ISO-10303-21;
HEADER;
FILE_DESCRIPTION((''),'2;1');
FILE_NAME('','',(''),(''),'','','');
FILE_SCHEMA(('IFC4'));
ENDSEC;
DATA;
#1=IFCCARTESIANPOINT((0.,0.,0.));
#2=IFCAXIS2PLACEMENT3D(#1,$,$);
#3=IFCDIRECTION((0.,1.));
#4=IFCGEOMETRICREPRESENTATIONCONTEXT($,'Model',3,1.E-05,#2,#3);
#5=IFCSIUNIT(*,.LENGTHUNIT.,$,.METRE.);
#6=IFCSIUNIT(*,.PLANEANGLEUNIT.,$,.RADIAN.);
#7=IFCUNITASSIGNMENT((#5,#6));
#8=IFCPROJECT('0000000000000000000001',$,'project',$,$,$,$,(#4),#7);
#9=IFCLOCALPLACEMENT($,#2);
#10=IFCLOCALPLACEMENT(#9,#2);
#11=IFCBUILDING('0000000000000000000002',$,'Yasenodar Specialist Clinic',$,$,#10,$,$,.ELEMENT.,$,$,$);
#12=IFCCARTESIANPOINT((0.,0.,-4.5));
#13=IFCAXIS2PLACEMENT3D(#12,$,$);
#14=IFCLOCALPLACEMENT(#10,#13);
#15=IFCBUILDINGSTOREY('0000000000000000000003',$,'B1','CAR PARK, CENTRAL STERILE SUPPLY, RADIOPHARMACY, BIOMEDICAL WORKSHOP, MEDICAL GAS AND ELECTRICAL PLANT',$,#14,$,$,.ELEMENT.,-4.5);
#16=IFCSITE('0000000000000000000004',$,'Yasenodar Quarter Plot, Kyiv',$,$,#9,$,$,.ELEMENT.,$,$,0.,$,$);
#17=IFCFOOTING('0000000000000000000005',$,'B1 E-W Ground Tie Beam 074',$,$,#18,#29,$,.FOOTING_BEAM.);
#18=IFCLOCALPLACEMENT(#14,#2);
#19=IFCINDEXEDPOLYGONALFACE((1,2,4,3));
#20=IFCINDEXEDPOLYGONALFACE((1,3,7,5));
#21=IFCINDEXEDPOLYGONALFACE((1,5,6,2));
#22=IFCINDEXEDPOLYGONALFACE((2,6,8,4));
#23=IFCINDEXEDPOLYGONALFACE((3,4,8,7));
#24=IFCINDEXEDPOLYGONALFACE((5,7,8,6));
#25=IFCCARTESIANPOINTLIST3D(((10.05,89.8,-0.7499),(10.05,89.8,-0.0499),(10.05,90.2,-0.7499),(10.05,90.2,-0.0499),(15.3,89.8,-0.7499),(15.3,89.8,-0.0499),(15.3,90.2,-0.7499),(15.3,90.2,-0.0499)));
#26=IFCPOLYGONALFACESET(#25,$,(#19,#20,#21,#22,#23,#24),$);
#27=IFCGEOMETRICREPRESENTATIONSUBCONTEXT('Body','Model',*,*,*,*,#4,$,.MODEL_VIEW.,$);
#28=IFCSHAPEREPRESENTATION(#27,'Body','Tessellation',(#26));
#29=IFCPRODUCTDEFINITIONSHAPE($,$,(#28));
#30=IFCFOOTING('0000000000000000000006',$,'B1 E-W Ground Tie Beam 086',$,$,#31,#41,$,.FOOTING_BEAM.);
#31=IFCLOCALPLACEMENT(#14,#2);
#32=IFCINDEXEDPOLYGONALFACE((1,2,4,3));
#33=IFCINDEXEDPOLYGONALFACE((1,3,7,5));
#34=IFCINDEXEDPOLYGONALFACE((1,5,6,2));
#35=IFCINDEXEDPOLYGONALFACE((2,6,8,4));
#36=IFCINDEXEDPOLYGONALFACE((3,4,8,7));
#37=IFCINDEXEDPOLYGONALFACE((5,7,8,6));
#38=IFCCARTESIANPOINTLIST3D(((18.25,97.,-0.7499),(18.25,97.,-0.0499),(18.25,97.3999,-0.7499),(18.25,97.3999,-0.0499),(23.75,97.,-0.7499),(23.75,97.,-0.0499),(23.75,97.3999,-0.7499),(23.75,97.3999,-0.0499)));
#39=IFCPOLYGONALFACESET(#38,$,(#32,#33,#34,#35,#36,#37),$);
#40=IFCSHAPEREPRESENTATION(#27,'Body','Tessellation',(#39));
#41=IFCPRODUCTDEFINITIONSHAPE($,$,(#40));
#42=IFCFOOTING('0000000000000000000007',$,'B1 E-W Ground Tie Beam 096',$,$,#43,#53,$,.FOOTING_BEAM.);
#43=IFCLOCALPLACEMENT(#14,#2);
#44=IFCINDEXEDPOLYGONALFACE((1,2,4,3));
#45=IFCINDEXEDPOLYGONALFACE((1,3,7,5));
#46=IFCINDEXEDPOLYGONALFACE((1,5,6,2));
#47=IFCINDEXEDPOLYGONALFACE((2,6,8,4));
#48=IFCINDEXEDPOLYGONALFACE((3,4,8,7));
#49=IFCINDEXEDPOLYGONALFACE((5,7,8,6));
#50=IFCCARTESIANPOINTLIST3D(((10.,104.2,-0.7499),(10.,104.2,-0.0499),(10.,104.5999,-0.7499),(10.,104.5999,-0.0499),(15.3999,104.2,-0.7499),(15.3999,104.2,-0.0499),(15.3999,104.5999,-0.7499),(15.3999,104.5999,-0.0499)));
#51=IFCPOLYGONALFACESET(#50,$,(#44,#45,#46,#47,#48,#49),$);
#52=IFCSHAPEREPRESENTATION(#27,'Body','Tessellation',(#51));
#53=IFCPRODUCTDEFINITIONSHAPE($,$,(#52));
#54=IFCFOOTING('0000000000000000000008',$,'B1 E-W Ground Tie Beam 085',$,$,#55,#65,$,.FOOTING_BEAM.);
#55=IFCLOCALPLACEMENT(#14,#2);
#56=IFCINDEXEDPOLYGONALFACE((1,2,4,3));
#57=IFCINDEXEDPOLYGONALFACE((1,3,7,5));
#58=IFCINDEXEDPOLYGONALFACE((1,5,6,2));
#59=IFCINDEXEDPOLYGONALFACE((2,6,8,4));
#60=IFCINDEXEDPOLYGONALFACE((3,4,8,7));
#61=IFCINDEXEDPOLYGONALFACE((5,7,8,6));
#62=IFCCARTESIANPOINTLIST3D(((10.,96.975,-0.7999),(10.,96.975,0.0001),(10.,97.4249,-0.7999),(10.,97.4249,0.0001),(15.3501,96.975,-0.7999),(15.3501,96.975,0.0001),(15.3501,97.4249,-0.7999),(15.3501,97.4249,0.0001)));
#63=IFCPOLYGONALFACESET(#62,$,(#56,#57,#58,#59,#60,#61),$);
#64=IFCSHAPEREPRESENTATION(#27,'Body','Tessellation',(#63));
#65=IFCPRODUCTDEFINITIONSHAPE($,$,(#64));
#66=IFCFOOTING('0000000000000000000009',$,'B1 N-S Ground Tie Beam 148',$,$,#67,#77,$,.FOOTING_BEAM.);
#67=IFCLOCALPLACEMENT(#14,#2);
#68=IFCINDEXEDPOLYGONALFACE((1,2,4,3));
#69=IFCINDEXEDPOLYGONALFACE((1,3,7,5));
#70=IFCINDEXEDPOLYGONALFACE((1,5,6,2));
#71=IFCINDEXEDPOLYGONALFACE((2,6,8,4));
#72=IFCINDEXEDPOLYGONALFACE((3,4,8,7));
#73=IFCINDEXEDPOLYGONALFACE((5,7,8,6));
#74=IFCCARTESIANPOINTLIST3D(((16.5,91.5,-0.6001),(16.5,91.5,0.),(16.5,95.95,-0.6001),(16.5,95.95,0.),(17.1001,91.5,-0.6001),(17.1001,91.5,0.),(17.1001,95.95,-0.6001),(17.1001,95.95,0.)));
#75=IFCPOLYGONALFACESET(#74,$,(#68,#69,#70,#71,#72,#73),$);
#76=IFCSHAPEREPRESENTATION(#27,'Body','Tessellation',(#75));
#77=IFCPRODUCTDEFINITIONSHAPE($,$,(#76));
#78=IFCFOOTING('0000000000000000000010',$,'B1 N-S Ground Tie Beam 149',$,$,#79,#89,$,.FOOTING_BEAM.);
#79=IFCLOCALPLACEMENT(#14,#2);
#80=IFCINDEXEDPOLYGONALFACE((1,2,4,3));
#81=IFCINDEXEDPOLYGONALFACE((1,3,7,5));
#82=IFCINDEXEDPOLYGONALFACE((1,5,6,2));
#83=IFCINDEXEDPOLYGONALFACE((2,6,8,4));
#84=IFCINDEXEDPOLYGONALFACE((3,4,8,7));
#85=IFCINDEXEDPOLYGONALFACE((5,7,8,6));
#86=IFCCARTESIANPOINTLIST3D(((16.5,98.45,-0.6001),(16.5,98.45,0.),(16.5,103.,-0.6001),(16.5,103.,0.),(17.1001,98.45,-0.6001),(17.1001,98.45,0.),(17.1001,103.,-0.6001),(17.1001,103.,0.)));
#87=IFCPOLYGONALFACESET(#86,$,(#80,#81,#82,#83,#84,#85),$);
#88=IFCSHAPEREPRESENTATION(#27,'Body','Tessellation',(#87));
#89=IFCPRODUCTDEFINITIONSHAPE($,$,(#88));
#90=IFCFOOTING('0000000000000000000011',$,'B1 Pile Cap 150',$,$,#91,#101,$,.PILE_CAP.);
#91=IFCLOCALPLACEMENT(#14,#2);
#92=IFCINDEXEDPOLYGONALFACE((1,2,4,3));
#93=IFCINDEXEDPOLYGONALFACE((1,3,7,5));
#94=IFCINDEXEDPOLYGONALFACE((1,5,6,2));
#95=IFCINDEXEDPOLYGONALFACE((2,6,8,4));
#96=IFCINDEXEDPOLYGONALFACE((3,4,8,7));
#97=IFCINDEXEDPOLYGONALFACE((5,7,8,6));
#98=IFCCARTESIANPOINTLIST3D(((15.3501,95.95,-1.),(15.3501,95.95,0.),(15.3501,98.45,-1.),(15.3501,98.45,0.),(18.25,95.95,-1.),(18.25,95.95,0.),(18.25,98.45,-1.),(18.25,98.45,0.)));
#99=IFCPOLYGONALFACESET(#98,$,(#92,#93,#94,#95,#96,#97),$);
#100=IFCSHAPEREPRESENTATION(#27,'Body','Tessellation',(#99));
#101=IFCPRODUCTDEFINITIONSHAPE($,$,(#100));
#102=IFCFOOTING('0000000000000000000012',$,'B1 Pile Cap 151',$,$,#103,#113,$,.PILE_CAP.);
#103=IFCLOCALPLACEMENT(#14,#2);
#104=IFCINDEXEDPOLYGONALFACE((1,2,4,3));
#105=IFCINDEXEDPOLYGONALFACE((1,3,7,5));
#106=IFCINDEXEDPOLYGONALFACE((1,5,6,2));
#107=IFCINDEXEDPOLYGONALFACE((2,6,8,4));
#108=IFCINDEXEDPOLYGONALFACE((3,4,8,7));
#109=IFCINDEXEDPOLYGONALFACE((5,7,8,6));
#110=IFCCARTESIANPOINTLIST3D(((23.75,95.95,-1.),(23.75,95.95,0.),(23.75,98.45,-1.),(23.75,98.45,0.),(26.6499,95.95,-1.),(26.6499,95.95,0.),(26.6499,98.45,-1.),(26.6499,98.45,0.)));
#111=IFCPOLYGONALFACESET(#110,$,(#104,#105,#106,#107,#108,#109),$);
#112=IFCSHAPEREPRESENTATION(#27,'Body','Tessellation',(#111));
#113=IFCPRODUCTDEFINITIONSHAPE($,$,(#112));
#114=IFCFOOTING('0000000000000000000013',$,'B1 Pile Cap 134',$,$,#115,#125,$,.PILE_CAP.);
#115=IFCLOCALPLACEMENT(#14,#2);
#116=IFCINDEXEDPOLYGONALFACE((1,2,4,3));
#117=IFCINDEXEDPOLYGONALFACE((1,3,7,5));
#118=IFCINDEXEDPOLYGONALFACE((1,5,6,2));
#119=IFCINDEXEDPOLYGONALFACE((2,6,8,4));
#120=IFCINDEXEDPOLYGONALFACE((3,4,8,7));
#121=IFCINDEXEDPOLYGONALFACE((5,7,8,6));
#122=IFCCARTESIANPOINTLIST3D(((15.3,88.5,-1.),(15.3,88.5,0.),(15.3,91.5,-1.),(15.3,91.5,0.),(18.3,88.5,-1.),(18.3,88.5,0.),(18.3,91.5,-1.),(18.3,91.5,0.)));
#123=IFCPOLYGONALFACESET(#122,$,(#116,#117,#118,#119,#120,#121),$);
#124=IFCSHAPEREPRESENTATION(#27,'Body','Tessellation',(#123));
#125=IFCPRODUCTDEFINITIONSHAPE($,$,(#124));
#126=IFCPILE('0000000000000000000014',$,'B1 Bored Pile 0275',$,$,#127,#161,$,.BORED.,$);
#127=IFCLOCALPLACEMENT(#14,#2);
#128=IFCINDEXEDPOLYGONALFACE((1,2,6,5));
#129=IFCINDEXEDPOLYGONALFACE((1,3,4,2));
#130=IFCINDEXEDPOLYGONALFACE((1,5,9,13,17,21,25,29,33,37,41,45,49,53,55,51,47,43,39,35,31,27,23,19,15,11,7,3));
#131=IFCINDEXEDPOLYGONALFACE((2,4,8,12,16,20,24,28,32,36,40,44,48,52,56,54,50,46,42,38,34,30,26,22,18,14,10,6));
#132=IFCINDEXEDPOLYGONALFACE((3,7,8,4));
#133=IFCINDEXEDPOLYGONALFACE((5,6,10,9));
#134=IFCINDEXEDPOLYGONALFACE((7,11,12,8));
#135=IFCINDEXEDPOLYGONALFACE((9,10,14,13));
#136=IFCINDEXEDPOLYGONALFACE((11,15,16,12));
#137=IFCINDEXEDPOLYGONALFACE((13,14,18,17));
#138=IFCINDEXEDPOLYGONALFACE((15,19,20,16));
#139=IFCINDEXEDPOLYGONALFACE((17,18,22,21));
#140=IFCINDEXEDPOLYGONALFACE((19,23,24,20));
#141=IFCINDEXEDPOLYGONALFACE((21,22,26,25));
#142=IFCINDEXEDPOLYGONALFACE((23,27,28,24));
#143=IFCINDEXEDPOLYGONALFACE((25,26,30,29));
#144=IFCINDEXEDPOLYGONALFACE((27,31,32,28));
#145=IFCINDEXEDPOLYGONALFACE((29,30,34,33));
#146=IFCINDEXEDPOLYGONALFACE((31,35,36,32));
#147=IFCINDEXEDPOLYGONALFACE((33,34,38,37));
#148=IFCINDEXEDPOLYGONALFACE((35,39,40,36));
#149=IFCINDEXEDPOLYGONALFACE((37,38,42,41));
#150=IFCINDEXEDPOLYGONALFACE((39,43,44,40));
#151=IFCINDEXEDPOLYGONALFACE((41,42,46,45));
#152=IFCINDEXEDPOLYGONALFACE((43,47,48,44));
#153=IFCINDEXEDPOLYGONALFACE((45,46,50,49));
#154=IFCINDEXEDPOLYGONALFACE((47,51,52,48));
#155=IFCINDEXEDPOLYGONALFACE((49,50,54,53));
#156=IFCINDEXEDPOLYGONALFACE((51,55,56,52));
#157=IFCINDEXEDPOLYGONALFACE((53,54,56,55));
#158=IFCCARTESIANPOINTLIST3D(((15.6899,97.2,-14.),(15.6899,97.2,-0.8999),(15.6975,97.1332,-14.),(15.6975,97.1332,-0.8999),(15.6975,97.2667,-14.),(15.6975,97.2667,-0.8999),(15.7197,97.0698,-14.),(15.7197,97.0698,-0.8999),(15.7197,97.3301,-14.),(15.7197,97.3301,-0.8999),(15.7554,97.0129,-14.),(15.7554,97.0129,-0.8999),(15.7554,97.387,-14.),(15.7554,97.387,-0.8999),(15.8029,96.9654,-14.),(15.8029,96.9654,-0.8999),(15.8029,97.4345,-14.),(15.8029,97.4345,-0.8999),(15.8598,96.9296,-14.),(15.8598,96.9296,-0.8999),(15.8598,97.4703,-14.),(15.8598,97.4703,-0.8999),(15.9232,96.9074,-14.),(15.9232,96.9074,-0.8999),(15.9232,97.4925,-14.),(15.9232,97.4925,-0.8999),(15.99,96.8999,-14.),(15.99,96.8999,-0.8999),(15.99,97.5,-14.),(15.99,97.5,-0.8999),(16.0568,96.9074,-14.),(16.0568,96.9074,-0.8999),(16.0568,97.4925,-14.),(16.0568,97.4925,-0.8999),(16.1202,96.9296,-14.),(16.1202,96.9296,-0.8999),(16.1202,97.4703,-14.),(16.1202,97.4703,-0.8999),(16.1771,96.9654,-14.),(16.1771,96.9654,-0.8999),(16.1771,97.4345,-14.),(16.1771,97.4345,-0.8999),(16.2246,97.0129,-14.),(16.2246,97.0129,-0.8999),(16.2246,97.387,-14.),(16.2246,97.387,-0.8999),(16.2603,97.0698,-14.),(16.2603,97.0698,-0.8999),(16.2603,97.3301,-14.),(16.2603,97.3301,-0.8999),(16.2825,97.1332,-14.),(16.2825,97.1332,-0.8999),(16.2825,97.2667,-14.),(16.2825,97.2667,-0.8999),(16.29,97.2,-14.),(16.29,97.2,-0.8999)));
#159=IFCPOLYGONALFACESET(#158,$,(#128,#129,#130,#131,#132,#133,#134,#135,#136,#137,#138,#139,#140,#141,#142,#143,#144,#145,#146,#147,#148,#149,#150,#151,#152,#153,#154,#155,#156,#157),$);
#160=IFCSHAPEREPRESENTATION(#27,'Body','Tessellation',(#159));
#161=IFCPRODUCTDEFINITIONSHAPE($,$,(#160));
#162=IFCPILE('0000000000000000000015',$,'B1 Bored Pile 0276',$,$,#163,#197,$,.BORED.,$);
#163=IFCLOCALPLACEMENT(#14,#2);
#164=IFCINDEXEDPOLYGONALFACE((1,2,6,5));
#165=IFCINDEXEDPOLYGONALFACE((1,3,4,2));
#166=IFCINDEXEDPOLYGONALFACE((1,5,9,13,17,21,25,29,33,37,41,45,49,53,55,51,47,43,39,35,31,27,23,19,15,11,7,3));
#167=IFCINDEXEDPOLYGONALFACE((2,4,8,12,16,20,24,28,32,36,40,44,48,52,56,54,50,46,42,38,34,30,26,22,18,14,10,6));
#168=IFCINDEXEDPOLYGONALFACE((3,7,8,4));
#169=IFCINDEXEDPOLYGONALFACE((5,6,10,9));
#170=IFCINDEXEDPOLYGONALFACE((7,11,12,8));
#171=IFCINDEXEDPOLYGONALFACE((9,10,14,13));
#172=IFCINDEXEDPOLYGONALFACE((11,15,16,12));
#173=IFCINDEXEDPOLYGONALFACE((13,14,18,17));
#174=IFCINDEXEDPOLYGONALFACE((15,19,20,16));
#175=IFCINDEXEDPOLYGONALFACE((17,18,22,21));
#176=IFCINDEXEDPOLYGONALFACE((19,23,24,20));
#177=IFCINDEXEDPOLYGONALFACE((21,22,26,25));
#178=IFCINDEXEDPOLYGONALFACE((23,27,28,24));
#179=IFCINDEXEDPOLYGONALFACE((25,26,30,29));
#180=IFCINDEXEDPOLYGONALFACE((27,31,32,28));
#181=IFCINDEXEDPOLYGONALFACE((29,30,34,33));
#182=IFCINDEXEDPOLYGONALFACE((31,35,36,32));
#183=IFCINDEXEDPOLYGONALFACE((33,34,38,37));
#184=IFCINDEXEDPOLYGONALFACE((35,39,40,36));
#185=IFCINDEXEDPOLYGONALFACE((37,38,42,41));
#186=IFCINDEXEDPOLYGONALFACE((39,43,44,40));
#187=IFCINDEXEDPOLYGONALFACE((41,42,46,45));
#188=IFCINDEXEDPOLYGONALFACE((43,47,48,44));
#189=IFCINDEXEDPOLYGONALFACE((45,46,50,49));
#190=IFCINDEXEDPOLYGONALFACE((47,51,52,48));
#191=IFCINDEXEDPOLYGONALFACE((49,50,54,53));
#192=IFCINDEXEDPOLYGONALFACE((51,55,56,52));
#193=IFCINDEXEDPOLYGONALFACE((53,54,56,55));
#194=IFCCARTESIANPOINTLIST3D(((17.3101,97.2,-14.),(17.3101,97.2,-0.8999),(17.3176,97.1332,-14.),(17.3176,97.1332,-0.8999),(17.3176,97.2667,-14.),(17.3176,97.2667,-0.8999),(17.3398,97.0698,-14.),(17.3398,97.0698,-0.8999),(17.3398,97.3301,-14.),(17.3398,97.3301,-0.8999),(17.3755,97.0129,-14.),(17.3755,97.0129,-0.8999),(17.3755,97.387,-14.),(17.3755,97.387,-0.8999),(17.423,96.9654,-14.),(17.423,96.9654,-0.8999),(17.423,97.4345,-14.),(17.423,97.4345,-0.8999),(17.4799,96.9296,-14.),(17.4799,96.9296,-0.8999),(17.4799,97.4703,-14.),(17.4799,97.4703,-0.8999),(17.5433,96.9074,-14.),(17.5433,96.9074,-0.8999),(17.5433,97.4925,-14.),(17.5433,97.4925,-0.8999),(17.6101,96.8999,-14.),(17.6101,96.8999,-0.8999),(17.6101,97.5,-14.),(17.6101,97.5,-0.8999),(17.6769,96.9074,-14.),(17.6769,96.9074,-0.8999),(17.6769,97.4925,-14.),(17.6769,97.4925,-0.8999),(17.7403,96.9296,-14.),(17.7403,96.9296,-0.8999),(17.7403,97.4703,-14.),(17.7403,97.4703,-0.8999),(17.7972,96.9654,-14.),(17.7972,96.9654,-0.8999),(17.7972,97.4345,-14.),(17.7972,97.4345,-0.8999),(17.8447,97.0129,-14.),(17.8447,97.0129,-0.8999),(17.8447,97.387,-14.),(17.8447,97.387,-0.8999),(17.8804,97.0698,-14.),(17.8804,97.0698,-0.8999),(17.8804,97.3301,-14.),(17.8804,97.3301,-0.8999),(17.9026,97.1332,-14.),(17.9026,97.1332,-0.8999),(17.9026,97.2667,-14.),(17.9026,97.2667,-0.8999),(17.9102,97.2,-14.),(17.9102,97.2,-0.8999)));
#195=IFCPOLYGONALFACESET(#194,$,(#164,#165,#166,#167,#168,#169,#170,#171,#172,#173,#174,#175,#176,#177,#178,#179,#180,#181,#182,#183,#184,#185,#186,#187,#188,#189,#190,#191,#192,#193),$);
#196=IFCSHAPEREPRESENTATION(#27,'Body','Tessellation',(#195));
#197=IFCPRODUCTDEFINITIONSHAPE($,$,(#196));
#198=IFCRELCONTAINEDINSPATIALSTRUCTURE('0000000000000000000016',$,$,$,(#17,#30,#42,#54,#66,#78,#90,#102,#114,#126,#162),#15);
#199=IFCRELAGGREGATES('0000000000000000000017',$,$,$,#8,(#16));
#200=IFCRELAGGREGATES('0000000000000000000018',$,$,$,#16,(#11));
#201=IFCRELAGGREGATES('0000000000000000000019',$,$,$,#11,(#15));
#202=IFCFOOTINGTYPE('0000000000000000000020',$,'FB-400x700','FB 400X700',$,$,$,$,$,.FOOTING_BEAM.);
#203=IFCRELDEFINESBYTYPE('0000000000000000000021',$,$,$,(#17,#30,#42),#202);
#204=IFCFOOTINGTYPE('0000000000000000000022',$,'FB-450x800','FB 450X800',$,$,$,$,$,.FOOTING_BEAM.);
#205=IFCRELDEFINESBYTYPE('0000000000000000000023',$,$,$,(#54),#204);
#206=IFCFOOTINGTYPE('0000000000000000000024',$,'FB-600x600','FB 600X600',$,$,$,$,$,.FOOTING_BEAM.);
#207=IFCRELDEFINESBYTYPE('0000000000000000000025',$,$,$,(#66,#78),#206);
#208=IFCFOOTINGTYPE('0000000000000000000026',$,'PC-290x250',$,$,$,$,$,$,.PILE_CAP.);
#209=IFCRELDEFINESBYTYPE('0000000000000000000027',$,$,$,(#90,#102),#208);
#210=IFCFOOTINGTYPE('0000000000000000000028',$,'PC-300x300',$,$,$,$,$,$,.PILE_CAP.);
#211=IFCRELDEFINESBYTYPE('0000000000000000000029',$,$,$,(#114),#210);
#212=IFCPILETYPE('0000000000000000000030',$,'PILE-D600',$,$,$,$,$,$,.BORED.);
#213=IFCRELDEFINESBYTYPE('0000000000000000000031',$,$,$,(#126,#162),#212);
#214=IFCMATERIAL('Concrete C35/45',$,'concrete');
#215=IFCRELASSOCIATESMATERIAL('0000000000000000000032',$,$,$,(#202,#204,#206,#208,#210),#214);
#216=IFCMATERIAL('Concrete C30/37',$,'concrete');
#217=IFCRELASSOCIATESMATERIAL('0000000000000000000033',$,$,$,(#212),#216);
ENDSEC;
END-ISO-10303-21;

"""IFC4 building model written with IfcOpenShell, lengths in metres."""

from ifc_helpers import new_model, si_unit, direction, frame, origin, origin_2d, place, context, subcontext, project, spatial, rectangle, circle, extrude, material, material_profile, profile_set, type_object, element, save


model = new_model("IFC4")

# Units and contexts
model_context = context("Model", 3, precision=1e-05, world=origin(), true_north=direction((0.0, 1.0)))
body_context = subcontext(model_context, "Body", "Model", "MODEL_VIEW")
ifc_project = project(units=[si_unit("LENGTHUNIT", "METRE"), si_unit("PLANEANGLEUNIT", "RADIAN")], contexts=[model_context])

# Site, building, storey
site_placement = place(None, origin())
site = spatial("IfcSite", under=ifc_project, at=site_placement, Name="Yasenodar Quarter Plot, Kyiv", CompositionType="ELEMENT", RefElevation=0.0)
building_placement = place(site_placement, origin())
building = spatial("IfcBuilding", under=site, at=building_placement, Name="Yasenodar Specialist Clinic", CompositionType="ELEMENT")
storey_placement = place(building_placement, frame((0.0, 0.0, -4.5)))
storey = spatial("IfcBuildingStorey", under=building, at=storey_placement, Name="B1", Description="CAR PARK, CENTRAL STERILE SUPPLY, RADIOPHARMACY, BIOMEDICAL WORKSHOP, MEDICAL GAS AND ELECTRICAL PLANT", CompositionType="ELEMENT", Elevation=-4.5)

# Footings
ifc_material_1 = material(Name="Concrete C35/45", Category="concrete")
ifc_material_profile_1 = material_profile(ifc_material_1, rectangle(XDim=0.3999, YDim=0.7, at=origin_2d()), Name="RC 400x700")
ifc_profile_set_1 = profile_set([ifc_material_profile_1], Name="Concrete C35/45")
footing_type_1 = type_object("IfcFootingType", Name="FB-400x700", Description="FB 400X700", PredefinedType="FOOTING_BEAM", material=ifc_profile_set_1)
footing_1_placement = place(storey_placement, frame((10.05, 90.0, -0.3999), z_axis=(1.0, 0.0, 0.0), x_axis=(0.0, 1.0, 0.0)))
element("IfcFooting", 1, at=footing_1_placement, inside=storey, type_object=footing_type_1, Name="B1 E-W Ground Tie Beam 074", PredefinedType="FOOTING_BEAM", context=body_context, shape_type="SweptSolid", body=[
    extrude(rectangle(XDim=0.3999, YDim=0.7, at=origin_2d()), origin(), (0.0, 0.0, 1.0), 5.25),
])
footing_2_placement = place(storey_placement, frame((18.25, 97.2, -0.3999), z_axis=(1.0, 0.0, 0.0), x_axis=(0.0, 1.0, 0.0)))
element("IfcFooting", 2, at=footing_2_placement, inside=storey, type_object=footing_type_1, Name="B1 E-W Ground Tie Beam 086", PredefinedType="FOOTING_BEAM", context=body_context, shape_type="SweptSolid", body=[
    extrude(rectangle(XDim=0.3999, YDim=0.7, at=origin_2d()), origin(), (0.0, 0.0, 1.0), 5.5),
])
footing_3_placement = place(storey_placement, frame((10.0, 104.3999, -0.3999), z_axis=(1.0, 0.0, 0.0), x_axis=(0.0, 1.0, 0.0)))
element("IfcFooting", 3, at=footing_3_placement, inside=storey, type_object=footing_type_1, Name="B1 E-W Ground Tie Beam 096", PredefinedType="FOOTING_BEAM", context=body_context, shape_type="SweptSolid", body=[
    extrude(rectangle(XDim=0.3999, YDim=0.7, at=origin_2d()), origin(), (0.0, 0.0, 1.0), 5.3999),
])
ifc_material_profile_2 = material_profile(ifc_material_1, rectangle(XDim=0.45, YDim=0.8, at=origin_2d()), Name="RC 450x800")
ifc_profile_set_2 = profile_set([ifc_material_profile_2], Name="Concrete C35/45")
footing_type_2 = type_object("IfcFootingType", Name="FB-450x800", Description="FB 450X800", PredefinedType="FOOTING_BEAM", material=ifc_profile_set_2)
footing_4_placement = place(storey_placement, frame((10.0, 97.2, -0.3999), z_axis=(1.0, 0.0, 0.0), x_axis=(0.0, 1.0, 0.0)))
element("IfcFooting", 4, at=footing_4_placement, inside=storey, type_object=footing_type_2, Name="B1 E-W Ground Tie Beam 085", PredefinedType="FOOTING_BEAM", context=body_context, shape_type="SweptSolid", body=[
    extrude(rectangle(XDim=0.45, YDim=0.8, at=origin_2d()), origin(), (0.0, 0.0, 1.0), 5.3501),
])
ifc_material_profile_3 = material_profile(ifc_material_1, rectangle(XDim=0.6001, YDim=0.6001, at=origin_2d()), Name="RC 600x600")
ifc_profile_set_3 = profile_set([ifc_material_profile_3], Name="Concrete C35/45")
footing_type_3 = type_object("IfcFootingType", Name="FB-600x600", Description="FB 600X600", PredefinedType="FOOTING_BEAM", material=ifc_profile_set_3)
footing_5_placement = place(storey_placement, frame((16.8, 91.5, -0.3), z_axis=(0.0, 1.0, 0.0), x_axis=(-1.0, 0.0, 0.0)))
element("IfcFooting", 5, at=footing_5_placement, inside=storey, type_object=footing_type_3, Name="B1 N-S Ground Tie Beam 148", PredefinedType="FOOTING_BEAM", context=body_context, shape_type="SweptSolid", body=[
    extrude(rectangle(XDim=0.6001, YDim=0.6001, at=origin_2d()), origin(), (0.0, 0.0, 1.0), 4.45),
])
footing_6_placement = place(storey_placement, frame((16.8, 98.45, -0.3), z_axis=(0.0, 1.0, 0.0), x_axis=(-1.0, 0.0, 0.0)))
element("IfcFooting", 6, at=footing_6_placement, inside=storey, type_object=footing_type_3, Name="B1 N-S Ground Tie Beam 149", PredefinedType="FOOTING_BEAM", context=body_context, shape_type="SweptSolid", body=[
    extrude(rectangle(XDim=0.6001, YDim=0.6001, at=origin_2d()), origin(), (0.0, 0.0, 1.0), 4.55),
])
footing_type_4 = type_object("IfcFootingType", Name="PC-290x250", PredefinedType="PILE_CAP", material=ifc_material_1)
for number, where, z_axis, x_axis, name in (
    (7, (16.8, 97.2, -1.0), (0.0, 0.0, 1.0), (1.0, 0.0, 0.0), "B1 Pile Cap 150"),
    (8, (25.2, 97.2, -1.0), (0.0, 0.0, 1.0), (1.0, 0.0, 0.0), "B1 Pile Cap 151"),
):
    element("IfcFooting", number, at=place(storey_placement, frame(where, z_axis=z_axis, x_axis=x_axis)), inside=storey, type_object=footing_type_4, Name=name, PredefinedType="PILE_CAP", context=body_context, shape_type="SweptSolid", body=[
        extrude(rectangle(XDim=2.8999, YDim=2.5, at=origin_2d()), origin(), (0.0, 0.0, 1.0), 1.0),
    ])
footing_type_5 = type_object("IfcFootingType", Name="PC-300x300", PredefinedType="PILE_CAP", material=ifc_material_1)
footing_7_placement = place(storey_placement, frame((16.8, 90.0, -1.0), z_axis=(0.0, 0.0, 1.0), x_axis=(1.0, 0.0, 0.0)))
element("IfcFooting", 9, at=footing_7_placement, inside=storey, type_object=footing_type_5, Name="B1 Pile Cap 134", PredefinedType="PILE_CAP", context=body_context, shape_type="SweptSolid", body=[
    extrude(rectangle(XDim=3.0, YDim=3.0, at=origin_2d()), origin(), (0.0, 0.0, 1.0), 1.0),
])

# Piles
ifc_material_2 = material(Name="Concrete C30/37", Category="concrete")
ifc_material_profile_4 = material_profile(ifc_material_2, circle(Radius=0.3, at=origin_2d()), Name="PILE D600")
ifc_profile_set_4 = profile_set([ifc_material_profile_4], Name="Concrete C30/37")
pile_type_1 = type_object("IfcPileType", Name="PILE-D600", PredefinedType="BORED", material=ifc_profile_set_4)
for number, where, z_axis, x_axis, name in (
    (10, (15.99, 97.2, -0.8999), (0.0, 0.0, -1.0), (1.0, 0.0, 0.0), "B1 Bored Pile 0275"),
    (11, (17.6101, 97.2, -0.8999), (0.0, 0.0, -1.0), (1.0, 0.0, 0.0), "B1 Bored Pile 0276"),
):
    element("IfcPile", number, at=place(storey_placement, frame(where, z_axis=z_axis, x_axis=x_axis)), inside=storey, type_object=pile_type_1, Name=name, PredefinedType="BORED", context=body_context, shape_type="SweptSolid", body=[
        extrude(circle(Radius=0.3, at=origin_2d()), origin(), (0.0, 0.0, 1.0), 13.1001),
    ])

save(model, "model.ifc")
